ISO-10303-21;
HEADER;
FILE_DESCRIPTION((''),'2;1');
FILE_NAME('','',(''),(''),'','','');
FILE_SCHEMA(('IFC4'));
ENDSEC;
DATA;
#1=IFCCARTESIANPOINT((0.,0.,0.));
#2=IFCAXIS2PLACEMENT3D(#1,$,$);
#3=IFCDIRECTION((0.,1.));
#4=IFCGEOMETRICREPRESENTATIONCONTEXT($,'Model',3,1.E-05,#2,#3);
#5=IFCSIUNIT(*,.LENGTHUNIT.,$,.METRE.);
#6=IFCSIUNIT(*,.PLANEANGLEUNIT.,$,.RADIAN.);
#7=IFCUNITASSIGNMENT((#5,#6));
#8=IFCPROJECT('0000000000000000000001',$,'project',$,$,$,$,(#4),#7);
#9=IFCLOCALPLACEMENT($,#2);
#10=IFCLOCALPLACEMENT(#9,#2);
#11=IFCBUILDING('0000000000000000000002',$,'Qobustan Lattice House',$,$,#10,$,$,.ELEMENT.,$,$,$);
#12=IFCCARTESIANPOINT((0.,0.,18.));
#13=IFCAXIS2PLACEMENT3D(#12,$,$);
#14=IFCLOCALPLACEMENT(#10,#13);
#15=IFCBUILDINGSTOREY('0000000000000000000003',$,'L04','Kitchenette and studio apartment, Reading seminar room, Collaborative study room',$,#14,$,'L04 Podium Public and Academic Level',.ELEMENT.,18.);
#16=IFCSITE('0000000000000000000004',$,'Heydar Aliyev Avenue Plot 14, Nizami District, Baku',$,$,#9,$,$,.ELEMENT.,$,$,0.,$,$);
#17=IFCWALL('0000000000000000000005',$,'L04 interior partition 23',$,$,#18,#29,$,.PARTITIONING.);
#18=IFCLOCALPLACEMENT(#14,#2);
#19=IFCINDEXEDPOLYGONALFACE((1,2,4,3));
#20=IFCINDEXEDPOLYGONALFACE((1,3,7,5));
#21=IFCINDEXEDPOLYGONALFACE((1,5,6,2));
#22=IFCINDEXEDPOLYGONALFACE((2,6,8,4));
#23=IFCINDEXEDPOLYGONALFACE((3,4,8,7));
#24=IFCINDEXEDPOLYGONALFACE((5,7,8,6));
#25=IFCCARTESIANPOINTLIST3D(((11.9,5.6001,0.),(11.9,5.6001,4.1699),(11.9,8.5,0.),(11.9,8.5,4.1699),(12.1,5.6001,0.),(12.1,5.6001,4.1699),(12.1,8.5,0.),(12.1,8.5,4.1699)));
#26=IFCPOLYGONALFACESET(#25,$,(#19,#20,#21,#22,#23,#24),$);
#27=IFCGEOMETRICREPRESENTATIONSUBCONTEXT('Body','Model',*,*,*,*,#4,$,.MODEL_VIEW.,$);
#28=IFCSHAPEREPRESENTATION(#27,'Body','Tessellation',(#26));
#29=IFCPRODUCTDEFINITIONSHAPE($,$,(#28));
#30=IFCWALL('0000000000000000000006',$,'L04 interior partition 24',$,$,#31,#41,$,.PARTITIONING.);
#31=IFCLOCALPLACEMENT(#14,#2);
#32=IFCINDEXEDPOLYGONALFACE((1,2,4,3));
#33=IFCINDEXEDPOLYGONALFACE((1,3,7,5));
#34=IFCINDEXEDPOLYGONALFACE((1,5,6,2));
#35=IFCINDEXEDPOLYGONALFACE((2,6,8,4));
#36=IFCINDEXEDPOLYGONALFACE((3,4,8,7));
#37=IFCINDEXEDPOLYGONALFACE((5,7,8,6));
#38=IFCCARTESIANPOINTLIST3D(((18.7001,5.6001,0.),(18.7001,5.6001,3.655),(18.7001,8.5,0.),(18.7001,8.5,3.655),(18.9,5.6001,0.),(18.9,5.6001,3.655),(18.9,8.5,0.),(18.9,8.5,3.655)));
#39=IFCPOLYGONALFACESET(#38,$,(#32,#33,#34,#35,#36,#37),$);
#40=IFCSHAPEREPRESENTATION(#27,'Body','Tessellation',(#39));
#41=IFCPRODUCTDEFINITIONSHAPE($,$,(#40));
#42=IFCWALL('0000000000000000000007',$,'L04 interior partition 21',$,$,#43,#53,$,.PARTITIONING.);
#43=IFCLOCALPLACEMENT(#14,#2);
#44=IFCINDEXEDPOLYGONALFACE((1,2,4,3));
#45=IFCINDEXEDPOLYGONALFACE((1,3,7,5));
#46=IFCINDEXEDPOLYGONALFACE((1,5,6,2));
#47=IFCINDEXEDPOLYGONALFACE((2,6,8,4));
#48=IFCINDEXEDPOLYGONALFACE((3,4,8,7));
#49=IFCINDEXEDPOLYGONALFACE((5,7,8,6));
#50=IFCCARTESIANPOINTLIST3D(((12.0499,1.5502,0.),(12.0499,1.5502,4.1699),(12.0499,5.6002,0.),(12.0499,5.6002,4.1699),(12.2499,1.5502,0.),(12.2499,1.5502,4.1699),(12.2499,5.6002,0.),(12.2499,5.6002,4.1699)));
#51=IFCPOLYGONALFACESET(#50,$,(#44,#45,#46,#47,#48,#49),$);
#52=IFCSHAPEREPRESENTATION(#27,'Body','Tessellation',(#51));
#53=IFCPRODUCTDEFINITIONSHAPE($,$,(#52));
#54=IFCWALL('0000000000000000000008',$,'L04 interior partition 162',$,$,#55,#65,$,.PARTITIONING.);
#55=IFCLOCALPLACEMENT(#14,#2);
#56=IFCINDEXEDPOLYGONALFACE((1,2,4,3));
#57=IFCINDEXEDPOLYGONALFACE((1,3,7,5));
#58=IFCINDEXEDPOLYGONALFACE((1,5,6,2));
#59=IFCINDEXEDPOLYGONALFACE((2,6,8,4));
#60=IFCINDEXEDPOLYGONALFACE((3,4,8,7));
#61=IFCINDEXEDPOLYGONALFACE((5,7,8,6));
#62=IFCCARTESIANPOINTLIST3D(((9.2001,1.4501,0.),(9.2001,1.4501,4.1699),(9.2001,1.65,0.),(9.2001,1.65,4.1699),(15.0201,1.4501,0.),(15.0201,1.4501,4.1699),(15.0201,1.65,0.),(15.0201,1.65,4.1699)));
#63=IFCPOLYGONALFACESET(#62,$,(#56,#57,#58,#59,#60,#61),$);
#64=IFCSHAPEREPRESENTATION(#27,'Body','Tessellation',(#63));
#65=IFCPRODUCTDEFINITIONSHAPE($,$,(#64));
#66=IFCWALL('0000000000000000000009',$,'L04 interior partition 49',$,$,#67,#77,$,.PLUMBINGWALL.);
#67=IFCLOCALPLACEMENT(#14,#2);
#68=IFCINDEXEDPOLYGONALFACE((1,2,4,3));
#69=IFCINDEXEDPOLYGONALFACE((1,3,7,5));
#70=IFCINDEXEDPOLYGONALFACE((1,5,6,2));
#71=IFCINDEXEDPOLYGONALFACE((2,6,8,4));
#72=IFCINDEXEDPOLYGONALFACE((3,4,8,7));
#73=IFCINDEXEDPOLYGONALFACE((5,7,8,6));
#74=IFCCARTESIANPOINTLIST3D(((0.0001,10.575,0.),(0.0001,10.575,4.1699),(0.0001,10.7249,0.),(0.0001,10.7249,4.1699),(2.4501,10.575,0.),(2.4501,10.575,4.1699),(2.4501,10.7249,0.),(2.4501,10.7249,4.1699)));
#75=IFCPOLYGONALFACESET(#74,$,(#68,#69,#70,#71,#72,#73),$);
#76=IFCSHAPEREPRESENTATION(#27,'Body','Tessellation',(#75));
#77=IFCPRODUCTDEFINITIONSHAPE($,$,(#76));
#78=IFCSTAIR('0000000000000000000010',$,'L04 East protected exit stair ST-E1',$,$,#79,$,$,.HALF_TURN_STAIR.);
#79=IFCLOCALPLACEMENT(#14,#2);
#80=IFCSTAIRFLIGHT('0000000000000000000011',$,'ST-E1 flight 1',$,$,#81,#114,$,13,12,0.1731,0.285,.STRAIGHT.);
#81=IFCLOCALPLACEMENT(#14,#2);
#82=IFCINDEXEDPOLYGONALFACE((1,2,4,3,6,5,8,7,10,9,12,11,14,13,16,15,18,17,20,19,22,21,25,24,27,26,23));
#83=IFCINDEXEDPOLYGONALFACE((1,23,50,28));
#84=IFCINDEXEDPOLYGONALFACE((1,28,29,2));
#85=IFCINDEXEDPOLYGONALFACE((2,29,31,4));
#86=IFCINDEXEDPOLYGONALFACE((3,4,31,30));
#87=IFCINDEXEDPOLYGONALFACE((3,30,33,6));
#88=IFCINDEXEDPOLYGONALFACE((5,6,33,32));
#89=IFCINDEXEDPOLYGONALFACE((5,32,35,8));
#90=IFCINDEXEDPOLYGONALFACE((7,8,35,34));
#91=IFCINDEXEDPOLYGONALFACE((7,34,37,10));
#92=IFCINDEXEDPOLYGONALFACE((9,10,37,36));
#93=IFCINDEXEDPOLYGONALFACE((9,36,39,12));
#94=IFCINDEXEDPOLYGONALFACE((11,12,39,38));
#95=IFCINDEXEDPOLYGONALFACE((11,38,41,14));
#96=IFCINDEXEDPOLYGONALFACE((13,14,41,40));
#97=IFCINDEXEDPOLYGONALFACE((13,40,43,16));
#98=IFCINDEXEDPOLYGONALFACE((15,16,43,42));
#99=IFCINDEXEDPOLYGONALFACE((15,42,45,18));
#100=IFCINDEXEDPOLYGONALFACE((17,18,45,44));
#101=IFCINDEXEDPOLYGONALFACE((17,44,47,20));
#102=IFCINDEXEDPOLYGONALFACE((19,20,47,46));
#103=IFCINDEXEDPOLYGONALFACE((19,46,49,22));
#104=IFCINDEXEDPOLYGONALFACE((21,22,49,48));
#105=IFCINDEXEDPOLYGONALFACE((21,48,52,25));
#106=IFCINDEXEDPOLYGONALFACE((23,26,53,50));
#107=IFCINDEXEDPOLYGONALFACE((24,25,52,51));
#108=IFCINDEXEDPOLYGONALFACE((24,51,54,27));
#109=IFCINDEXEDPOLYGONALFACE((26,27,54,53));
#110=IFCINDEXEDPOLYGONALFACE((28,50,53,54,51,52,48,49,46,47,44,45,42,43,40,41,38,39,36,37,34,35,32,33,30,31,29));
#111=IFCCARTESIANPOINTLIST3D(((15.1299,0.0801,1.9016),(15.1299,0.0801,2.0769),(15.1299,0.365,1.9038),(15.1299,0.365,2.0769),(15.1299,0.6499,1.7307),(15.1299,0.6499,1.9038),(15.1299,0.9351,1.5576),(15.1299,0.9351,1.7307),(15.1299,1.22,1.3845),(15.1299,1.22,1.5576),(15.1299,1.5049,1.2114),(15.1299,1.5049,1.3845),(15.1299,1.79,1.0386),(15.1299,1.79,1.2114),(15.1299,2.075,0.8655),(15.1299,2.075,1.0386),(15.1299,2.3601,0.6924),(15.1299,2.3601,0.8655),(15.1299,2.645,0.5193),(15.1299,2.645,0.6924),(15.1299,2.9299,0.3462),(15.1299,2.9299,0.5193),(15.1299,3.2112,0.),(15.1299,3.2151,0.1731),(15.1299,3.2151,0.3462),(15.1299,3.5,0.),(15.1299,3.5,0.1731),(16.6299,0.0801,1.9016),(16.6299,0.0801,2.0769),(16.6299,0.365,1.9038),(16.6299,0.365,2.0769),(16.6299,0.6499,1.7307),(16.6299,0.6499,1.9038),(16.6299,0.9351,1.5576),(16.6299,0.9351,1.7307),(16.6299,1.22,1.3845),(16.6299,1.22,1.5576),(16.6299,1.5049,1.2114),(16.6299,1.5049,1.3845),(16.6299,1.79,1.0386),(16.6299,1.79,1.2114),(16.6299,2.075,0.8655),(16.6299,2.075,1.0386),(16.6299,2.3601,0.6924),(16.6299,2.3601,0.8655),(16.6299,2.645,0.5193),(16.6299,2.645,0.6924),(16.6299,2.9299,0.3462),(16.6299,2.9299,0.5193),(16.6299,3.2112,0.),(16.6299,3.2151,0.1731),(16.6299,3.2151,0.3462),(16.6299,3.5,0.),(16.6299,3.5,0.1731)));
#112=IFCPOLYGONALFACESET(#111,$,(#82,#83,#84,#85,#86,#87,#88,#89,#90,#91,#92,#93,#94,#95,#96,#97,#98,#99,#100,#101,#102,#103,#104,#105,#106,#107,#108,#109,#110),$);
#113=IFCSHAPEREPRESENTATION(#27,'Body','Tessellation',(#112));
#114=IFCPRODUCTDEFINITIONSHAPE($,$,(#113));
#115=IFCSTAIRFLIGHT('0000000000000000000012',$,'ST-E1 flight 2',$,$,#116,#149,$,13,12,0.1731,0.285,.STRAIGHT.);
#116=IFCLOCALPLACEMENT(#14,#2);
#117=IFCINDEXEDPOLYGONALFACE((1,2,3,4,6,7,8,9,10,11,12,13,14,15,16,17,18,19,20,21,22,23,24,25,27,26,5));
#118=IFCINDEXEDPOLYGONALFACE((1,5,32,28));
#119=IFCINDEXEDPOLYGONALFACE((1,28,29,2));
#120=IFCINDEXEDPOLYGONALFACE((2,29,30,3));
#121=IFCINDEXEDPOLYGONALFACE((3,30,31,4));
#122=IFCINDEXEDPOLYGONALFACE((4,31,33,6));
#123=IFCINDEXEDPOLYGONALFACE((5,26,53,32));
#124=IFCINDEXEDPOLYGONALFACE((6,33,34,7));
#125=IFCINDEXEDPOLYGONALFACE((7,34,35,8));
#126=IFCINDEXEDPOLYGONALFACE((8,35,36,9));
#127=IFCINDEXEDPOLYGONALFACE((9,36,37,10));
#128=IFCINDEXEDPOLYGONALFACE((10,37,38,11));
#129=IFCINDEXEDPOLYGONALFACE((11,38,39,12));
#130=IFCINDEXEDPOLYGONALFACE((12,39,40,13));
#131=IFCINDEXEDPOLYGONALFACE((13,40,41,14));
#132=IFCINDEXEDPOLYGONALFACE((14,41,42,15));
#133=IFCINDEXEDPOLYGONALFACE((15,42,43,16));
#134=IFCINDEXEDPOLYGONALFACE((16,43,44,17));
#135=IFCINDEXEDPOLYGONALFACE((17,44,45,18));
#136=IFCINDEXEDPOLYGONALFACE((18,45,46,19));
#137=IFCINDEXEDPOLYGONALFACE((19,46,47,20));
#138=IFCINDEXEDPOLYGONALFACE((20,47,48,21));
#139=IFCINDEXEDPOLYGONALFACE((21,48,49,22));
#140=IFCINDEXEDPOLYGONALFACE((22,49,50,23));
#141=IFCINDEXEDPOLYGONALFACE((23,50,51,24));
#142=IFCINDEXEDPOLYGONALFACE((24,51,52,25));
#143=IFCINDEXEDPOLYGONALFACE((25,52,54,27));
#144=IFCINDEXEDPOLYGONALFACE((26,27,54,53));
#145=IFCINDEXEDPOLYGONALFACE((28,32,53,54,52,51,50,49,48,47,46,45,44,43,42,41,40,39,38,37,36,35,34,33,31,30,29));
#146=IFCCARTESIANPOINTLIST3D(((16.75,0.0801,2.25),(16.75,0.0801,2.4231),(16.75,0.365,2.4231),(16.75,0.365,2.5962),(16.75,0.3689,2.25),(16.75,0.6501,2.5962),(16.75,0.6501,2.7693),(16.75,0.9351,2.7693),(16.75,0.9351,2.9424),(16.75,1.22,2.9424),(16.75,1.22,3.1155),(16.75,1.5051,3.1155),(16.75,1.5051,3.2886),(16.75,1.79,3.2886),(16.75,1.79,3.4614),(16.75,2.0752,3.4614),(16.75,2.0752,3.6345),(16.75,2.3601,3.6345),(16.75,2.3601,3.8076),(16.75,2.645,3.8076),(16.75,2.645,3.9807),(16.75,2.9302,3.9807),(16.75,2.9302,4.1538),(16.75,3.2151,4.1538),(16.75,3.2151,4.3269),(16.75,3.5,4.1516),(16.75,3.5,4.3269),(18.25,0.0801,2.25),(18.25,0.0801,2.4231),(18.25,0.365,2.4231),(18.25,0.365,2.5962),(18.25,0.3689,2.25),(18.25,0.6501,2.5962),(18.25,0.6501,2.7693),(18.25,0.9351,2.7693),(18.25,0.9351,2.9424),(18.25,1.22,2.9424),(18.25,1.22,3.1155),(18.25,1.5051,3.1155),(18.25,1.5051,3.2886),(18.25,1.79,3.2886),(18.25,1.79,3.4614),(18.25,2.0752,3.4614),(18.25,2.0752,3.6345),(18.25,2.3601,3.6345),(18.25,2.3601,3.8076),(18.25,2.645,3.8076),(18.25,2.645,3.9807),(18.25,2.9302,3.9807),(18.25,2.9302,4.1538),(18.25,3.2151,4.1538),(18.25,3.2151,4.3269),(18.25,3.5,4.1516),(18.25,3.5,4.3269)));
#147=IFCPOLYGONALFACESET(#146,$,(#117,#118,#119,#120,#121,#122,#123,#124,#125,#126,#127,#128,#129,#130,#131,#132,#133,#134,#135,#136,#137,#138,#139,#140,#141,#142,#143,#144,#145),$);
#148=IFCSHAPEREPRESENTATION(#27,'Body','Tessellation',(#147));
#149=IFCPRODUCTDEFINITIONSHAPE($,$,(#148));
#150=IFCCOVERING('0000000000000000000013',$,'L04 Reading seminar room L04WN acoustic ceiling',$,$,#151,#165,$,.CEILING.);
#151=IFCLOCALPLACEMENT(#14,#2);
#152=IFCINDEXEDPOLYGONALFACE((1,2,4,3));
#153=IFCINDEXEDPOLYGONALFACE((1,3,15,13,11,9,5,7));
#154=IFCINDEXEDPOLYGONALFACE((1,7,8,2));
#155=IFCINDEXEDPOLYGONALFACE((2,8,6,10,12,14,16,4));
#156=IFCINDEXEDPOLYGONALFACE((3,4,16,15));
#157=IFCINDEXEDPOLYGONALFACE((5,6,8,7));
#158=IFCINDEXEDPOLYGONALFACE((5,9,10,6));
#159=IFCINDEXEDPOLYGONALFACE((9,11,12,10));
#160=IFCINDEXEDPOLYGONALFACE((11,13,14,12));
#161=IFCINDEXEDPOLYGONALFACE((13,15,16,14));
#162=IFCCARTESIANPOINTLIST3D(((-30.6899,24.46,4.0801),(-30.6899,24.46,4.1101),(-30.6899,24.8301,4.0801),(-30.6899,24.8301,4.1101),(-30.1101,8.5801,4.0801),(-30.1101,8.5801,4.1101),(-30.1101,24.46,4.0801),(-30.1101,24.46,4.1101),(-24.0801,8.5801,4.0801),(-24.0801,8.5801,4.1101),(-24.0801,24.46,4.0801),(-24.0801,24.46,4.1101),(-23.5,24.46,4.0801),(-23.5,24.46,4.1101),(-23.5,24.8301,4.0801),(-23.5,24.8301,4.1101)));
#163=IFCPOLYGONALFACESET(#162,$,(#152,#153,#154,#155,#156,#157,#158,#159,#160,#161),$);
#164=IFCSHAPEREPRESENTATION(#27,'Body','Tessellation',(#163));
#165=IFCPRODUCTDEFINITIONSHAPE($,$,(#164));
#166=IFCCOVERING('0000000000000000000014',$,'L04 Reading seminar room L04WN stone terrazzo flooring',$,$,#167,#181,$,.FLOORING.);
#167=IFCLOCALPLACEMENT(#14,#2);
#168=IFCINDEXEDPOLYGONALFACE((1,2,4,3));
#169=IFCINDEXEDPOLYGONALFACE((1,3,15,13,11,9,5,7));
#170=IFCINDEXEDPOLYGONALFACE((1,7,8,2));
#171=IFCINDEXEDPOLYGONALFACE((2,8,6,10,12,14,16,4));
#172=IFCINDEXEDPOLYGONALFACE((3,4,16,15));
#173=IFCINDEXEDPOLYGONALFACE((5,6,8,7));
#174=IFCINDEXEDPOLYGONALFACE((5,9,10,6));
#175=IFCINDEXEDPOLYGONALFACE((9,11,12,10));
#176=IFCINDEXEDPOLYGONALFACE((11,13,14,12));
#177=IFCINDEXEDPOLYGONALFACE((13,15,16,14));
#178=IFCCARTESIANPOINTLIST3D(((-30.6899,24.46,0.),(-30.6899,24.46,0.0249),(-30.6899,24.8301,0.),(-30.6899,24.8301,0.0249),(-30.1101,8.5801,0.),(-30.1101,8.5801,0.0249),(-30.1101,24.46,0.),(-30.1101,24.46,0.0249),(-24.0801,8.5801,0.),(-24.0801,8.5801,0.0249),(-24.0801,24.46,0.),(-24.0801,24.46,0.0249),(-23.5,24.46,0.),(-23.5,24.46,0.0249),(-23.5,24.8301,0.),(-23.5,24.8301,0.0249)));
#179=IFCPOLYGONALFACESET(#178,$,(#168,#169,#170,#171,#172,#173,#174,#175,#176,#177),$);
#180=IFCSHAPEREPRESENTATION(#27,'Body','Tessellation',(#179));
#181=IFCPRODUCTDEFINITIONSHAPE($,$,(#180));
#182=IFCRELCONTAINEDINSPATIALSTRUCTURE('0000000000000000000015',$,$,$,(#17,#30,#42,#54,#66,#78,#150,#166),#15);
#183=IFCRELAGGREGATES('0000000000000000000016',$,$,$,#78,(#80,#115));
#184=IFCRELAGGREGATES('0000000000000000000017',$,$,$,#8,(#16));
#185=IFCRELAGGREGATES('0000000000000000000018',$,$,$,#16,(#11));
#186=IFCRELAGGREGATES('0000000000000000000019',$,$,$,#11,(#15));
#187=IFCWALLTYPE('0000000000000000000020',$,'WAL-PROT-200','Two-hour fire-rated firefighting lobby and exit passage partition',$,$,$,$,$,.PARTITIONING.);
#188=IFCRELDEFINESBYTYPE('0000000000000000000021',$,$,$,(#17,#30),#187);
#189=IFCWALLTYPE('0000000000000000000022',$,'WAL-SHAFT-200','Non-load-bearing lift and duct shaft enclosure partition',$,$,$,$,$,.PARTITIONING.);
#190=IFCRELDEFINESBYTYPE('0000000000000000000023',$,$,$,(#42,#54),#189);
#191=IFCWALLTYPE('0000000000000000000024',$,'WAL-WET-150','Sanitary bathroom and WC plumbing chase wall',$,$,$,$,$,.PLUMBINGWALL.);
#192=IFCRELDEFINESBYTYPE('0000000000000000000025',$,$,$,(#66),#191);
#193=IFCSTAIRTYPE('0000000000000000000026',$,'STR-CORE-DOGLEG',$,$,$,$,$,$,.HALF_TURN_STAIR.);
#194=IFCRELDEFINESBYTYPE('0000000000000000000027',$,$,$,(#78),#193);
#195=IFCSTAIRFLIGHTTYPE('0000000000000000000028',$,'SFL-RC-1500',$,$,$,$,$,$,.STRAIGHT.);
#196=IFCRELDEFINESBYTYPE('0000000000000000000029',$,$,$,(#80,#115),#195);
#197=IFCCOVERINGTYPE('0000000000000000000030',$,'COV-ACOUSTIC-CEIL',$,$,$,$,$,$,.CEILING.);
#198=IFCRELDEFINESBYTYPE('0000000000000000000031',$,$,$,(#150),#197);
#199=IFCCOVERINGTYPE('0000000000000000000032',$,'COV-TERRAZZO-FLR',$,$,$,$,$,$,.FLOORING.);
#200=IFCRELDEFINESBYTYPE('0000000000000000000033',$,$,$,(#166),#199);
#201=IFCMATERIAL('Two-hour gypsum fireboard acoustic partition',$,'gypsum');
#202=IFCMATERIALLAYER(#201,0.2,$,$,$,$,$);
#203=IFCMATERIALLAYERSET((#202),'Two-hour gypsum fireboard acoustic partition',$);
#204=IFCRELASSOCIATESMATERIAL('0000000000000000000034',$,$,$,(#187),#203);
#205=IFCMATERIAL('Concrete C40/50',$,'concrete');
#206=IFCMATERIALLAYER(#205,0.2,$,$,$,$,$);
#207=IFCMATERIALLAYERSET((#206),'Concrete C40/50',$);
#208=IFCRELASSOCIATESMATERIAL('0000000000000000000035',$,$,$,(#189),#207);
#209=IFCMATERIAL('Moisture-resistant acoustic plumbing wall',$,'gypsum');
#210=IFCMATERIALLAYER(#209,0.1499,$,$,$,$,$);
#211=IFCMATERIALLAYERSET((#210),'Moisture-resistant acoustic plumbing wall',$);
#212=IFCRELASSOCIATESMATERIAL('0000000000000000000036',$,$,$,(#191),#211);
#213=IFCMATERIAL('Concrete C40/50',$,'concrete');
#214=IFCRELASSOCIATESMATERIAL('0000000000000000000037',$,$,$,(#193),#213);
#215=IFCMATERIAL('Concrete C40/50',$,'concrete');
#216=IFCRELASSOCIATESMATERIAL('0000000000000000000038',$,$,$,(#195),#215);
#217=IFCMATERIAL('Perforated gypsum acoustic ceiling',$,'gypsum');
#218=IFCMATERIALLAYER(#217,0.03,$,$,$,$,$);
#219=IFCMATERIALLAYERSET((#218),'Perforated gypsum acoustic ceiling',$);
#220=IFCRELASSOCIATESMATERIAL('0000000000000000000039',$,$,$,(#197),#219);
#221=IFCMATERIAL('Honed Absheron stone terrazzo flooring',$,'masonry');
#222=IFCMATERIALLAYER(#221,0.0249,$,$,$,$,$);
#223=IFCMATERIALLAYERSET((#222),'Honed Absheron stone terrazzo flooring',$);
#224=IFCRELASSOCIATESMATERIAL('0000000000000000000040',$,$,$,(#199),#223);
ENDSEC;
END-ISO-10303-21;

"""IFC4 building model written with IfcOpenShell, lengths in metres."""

from ifc_helpers import new_model, si_unit, direction, frame, frame_2d, origin, place, context, subcontext, project, spatial, polyline, rectangle, outline, extrude, material, layer, layer_set, type_object, element, aggregate, save


model = new_model("IFC4")

# Units and contexts
model_context = context("Model", 3, precision=1e-05, world=origin(), true_north=direction((0.0, 1.0)))
body_context = subcontext(model_context, "Body", "Model", "MODEL_VIEW")
ifc_project = project(units=[si_unit("LENGTHUNIT", "METRE"), si_unit("PLANEANGLEUNIT", "RADIAN")], contexts=[model_context])

# Site, building, storey
site_placement = place(None, origin())
site = spatial("IfcSite", under=ifc_project, at=site_placement, Name="Heydar Aliyev Avenue Plot 14, Nizami District, Baku", CompositionType="ELEMENT", RefElevation=0.0)
building_placement = place(site_placement, origin())
building = spatial("IfcBuilding", under=site, at=building_placement, Name="Qobustan Lattice House", CompositionType="ELEMENT")
storey_placement = place(building_placement, frame((0.0, 0.0, 18.0)))
storey = spatial("IfcBuildingStorey", under=building, at=storey_placement, Name="L04", Description="Kitchenette and studio apartment, Reading seminar room, Collaborative study room", LongName="L04 Podium Public and Academic Level", CompositionType="ELEMENT", Elevation=18.0)

# Shared definitions
ifc_material_1 = material(Name="Two-hour gypsum fireboard acoustic partition", Category="gypsum")
ifc_layer_1 = layer(ifc_material_1, 0.2)
ifc_layer_set_1 = layer_set([ifc_layer_1], Name="Two-hour gypsum fireboard acoustic partition")
wall_type_1 = type_object("IfcWallType", Name="WAL-PROT-200", Description="Two-hour fire-rated firefighting lobby and exit passage partition", PredefinedType="PARTITIONING", material=ifc_layer_set_1)

# Walls
wall_1_placement = place(storey_placement, frame((12.0, 8.5, 0.0), z_axis=(0.0, 0.0, 1.0), x_axis=(0.0, -1.0, 0.0)))
element("IfcWall", 1, at=wall_1_placement, inside=storey, type_object=wall_type_1, Name="L04 interior partition 23", PredefinedType="PARTITIONING", context=body_context, shape_type="SweptSolid", body=[
    extrude(rectangle(XDim=2.8999, YDim=0.2, at=frame_2d((1.45, 0.0))), origin(), (0.0, 0.0, 1.0), 4.1699),
])
wall_2_placement = place(storey_placement, frame((18.8, 5.6001, 0.0), z_axis=(0.0, 0.0, 1.0), x_axis=(0.0, 1.0, 0.0)))
element("IfcWall", 2, at=wall_2_placement, inside=storey, type_object=wall_type_1, Name="L04 interior partition 24", PredefinedType="PARTITIONING", context=body_context, shape_type="SweptSolid", body=[
    extrude(rectangle(XDim=2.8999, YDim=0.2, at=frame_2d((1.45, 0.0))), origin(), (0.0, 0.0, 1.0), 3.655),
])
ifc_material_2 = material(Name="Concrete C40/50", Category="concrete")
ifc_layer_2 = layer(ifc_material_2, 0.2)
ifc_layer_set_2 = layer_set([ifc_layer_2], Name="Concrete C40/50")
wall_type_2 = type_object("IfcWallType", Name="WAL-SHAFT-200", Description="Non-load-bearing lift and duct shaft enclosure partition", PredefinedType="PARTITIONING", material=ifc_layer_set_2)
wall_3_placement = place(storey_placement, frame((12.1499, 5.6001, 0.0), z_axis=(0.0, 0.0, 1.0), x_axis=(0.0, -1.0, 0.0)))
element("IfcWall", 3, at=wall_3_placement, inside=storey, type_object=wall_type_2, Name="L04 interior partition 21", PredefinedType="PARTITIONING", context=body_context, shape_type="SweptSolid", body=[
    extrude(rectangle(XDim=4.05, YDim=0.2, at=frame_2d((2.0249, 0.0))), origin(), (0.0, 0.0, 1.0), 4.1699),
])
wall_4_placement = place(storey_placement, frame((9.2, 1.55, 0.0), z_axis=(0.0, 0.0, 1.0), x_axis=(1.0, 0.0, 0.0)))
element("IfcWall", 4, at=wall_4_placement, inside=storey, type_object=wall_type_2, Name="L04 interior partition 162", PredefinedType="PARTITIONING", context=body_context, shape_type="SweptSolid", body=[
    extrude(rectangle(XDim=5.8201, YDim=0.2, at=frame_2d((2.9102, 0.0))), origin(), (0.0, 0.0, 1.0), 4.1699),
])
ifc_material_3 = material(Name="Moisture-resistant acoustic plumbing wall", Category="gypsum")
ifc_layer_3 = layer(ifc_material_3, 0.1499)
ifc_layer_set_3 = layer_set([ifc_layer_3], Name="Moisture-resistant acoustic plumbing wall")
wall_type_3 = type_object("IfcWallType", Name="WAL-WET-150", Description="Sanitary bathroom and WC plumbing chase wall", PredefinedType="PLUMBINGWALL", material=ifc_layer_set_3)
wall_5_placement = place(storey_placement, frame((0.0, 10.6499, 0.0), z_axis=(0.0, 0.0, 1.0), x_axis=(1.0, 0.0, 0.0)))
element("IfcWall", 5, at=wall_5_placement, inside=storey, type_object=wall_type_3, Name="L04 interior partition 49", PredefinedType="PLUMBINGWALL", context=body_context, shape_type="SweptSolid", body=[
    extrude(rectangle(XDim=2.45, YDim=0.1499, at=frame_2d((1.2251, 0.0))), origin(), (0.0, 0.0, 1.0), 4.1699),
])

# Stair, stair flights
ifc_material_4 = material(Name="Concrete C40/50", Category="concrete")
stair_type_1 = type_object("IfcStairType", Name="STR-CORE-DOGLEG", PredefinedType="HALF_TURN_STAIR", material=ifc_material_4)
stair_1_placement = place(storey_placement, origin())
stair_1 = element("IfcStair", 6, at=stair_1_placement, inside=storey, type_object=stair_type_1, Name="L04 East protected exit stair ST-E1", PredefinedType="HALF_TURN_STAIR")
ifc_material_5 = material(Name="Concrete C40/50", Category="concrete")
stair_flight_type = type_object("IfcStairFlightType", Name="SFL-RC-1500", PredefinedType="STRAIGHT", material=ifc_material_5)
stair_flight_1_placement = place(storey_placement, frame((15.8799, 3.5, 0.0), z_axis=(0.0, 0.0, 1.0), x_axis=(0.0, -1.0, 0.0)))
stair_flight_1 = element("IfcStairFlight", 7, at=stair_flight_1_placement, type_object=stair_flight_type, Name="ST-E1 flight 1", NumberOfRisers=13, NumberOfTreads=12, PredefinedType="STRAIGHT", RiserHeight=0.1731, TreadLength=0.285, context=body_context, shape_type="SweptSolid", body=[
    extrude(outline(polyline([(0.0, 0.0), (0.0, 0.1731), (0.2849, 0.1731), (0.2849, 0.3462), (0.5701, 0.3462), (0.5701, 0.5193), (0.855, 0.5193), (0.855, 0.6924), (1.1399, 0.6924), (1.1399, 0.8655), (1.425, 0.8655), (1.425, 1.0386), (1.71, 1.0386), (1.71, 1.2114), (1.9951, 1.2114), (1.9951, 1.3845), (2.28, 1.3845), (2.28, 1.5576), (2.5649, 1.5576), (2.5649, 1.7307), (2.8501, 1.7307), (2.8501, 1.9038), (3.135, 1.9038), (3.135, 2.0769), (3.4199, 2.0769), (3.4199, 2.25), (3.4199, 1.9016), (0.2888, 0.0), (0.0, 0.0)])), frame((0.0, 0.75, 0.0), z_axis=(0.0, -1.0, 0.0), x_axis=(1.0, 0.0, 0.0)), (0.0, 0.0, 1.0), 1.5),
])
stair_flight_2_placement = place(storey_placement, frame((17.5, 0.0801, 2.25), z_axis=(0.0, 0.0, 1.0), x_axis=(0.0, 1.0, 0.0)))
stair_flight_2 = element("IfcStairFlight", 8, at=stair_flight_2_placement, type_object=stair_flight_type, Name="ST-E1 flight 2", NumberOfRisers=13, NumberOfTreads=12, PredefinedType="STRAIGHT", RiserHeight=0.1731, TreadLength=0.285, context=body_context, shape_type="SweptSolid", body=[
    extrude(outline(polyline([(0.0, 0.0), (0.0, 0.1731), (0.2849, 0.1731), (0.2849, 0.3462), (0.5701, 0.3462), (0.5701, 0.5193), (0.855, 0.5193), (0.855, 0.6924), (1.1399, 0.6924), (1.1399, 0.8655), (1.425, 0.8655), (1.425, 1.0386), (1.71, 1.0386), (1.71, 1.2114), (1.9951, 1.2114), (1.9951, 1.3845), (2.28, 1.3845), (2.28, 1.5576), (2.5649, 1.5576), (2.5649, 1.7307), (2.8501, 1.7307), (2.8501, 1.9038), (3.135, 1.9038), (3.135, 2.0769), (3.4199, 2.0769), (3.4199, 2.25), (3.4199, 1.9016), (0.2888, 0.0), (0.0, 0.0)])), frame((0.0, 0.75, 0.0), z_axis=(0.0, -1.0, 0.0), x_axis=(1.0, 0.0, 0.0)), (0.0, 0.0, 1.0), 1.5),
])
aggregate(stair_1, [stair_flight_1, stair_flight_2])

# Coverings
ifc_material_6 = material(Name="Perforated gypsum acoustic ceiling", Category="gypsum")
ifc_layer_4 = layer(ifc_material_6, 0.03)
ifc_layer_set_4 = layer_set([ifc_layer_4], Name="Perforated gypsum acoustic ceiling")
covering_type_1 = type_object("IfcCoveringType", Name="COV-ACOUSTIC-CEIL", PredefinedType="CEILING", material=ifc_layer_set_4)
covering_1_placement = place(storey_placement, frame((0.0, 0.0, 4.0801)))
element("IfcCovering", 9, at=covering_1_placement, inside=storey, type_object=covering_type_1, Name="L04 Reading seminar room L04WN acoustic ceiling", PredefinedType="CEILING", context=body_context, shape_type="SweptSolid", body=[
    extrude(outline(polyline([(-23.5, 24.8301), (-30.6899, 24.8301), (-30.6899, 24.46), (-30.1101, 24.46), (-30.1101, 8.5801), (-24.0801, 8.5801), (-24.0801, 24.46), (-23.5, 24.46), (-23.5, 24.8301)])), origin(), (0.0, 0.0, 1.0), 0.03),
])
ifc_material_7 = material(Name="Honed Absheron stone terrazzo flooring", Category="masonry")
ifc_layer_5 = layer(ifc_material_7, 0.0249)
ifc_layer_set_5 = layer_set([ifc_layer_5], Name="Honed Absheron stone terrazzo flooring")
covering_type_2 = type_object("IfcCoveringType", Name="COV-TERRAZZO-FLR", PredefinedType="FLOORING", material=ifc_layer_set_5)
covering_2_placement = place(storey_placement, origin())
element("IfcCovering", 10, at=covering_2_placement, inside=storey, type_object=covering_type_2, Name="L04 Reading seminar room L04WN stone terrazzo flooring", PredefinedType="FLOORING", context=body_context, shape_type="SweptSolid", body=[
    extrude(outline(polyline([(-23.5, 24.8301), (-30.6899, 24.8301), (-30.6899, 24.46), (-30.1101, 24.46), (-30.1101, 8.5801), (-24.0801, 8.5801), (-24.0801, 24.46), (-23.5, 24.46), (-23.5, 24.8301)])), origin(), (0.0, 0.0, 1.0), 0.0249),
])

save(model, "model.ifc")
